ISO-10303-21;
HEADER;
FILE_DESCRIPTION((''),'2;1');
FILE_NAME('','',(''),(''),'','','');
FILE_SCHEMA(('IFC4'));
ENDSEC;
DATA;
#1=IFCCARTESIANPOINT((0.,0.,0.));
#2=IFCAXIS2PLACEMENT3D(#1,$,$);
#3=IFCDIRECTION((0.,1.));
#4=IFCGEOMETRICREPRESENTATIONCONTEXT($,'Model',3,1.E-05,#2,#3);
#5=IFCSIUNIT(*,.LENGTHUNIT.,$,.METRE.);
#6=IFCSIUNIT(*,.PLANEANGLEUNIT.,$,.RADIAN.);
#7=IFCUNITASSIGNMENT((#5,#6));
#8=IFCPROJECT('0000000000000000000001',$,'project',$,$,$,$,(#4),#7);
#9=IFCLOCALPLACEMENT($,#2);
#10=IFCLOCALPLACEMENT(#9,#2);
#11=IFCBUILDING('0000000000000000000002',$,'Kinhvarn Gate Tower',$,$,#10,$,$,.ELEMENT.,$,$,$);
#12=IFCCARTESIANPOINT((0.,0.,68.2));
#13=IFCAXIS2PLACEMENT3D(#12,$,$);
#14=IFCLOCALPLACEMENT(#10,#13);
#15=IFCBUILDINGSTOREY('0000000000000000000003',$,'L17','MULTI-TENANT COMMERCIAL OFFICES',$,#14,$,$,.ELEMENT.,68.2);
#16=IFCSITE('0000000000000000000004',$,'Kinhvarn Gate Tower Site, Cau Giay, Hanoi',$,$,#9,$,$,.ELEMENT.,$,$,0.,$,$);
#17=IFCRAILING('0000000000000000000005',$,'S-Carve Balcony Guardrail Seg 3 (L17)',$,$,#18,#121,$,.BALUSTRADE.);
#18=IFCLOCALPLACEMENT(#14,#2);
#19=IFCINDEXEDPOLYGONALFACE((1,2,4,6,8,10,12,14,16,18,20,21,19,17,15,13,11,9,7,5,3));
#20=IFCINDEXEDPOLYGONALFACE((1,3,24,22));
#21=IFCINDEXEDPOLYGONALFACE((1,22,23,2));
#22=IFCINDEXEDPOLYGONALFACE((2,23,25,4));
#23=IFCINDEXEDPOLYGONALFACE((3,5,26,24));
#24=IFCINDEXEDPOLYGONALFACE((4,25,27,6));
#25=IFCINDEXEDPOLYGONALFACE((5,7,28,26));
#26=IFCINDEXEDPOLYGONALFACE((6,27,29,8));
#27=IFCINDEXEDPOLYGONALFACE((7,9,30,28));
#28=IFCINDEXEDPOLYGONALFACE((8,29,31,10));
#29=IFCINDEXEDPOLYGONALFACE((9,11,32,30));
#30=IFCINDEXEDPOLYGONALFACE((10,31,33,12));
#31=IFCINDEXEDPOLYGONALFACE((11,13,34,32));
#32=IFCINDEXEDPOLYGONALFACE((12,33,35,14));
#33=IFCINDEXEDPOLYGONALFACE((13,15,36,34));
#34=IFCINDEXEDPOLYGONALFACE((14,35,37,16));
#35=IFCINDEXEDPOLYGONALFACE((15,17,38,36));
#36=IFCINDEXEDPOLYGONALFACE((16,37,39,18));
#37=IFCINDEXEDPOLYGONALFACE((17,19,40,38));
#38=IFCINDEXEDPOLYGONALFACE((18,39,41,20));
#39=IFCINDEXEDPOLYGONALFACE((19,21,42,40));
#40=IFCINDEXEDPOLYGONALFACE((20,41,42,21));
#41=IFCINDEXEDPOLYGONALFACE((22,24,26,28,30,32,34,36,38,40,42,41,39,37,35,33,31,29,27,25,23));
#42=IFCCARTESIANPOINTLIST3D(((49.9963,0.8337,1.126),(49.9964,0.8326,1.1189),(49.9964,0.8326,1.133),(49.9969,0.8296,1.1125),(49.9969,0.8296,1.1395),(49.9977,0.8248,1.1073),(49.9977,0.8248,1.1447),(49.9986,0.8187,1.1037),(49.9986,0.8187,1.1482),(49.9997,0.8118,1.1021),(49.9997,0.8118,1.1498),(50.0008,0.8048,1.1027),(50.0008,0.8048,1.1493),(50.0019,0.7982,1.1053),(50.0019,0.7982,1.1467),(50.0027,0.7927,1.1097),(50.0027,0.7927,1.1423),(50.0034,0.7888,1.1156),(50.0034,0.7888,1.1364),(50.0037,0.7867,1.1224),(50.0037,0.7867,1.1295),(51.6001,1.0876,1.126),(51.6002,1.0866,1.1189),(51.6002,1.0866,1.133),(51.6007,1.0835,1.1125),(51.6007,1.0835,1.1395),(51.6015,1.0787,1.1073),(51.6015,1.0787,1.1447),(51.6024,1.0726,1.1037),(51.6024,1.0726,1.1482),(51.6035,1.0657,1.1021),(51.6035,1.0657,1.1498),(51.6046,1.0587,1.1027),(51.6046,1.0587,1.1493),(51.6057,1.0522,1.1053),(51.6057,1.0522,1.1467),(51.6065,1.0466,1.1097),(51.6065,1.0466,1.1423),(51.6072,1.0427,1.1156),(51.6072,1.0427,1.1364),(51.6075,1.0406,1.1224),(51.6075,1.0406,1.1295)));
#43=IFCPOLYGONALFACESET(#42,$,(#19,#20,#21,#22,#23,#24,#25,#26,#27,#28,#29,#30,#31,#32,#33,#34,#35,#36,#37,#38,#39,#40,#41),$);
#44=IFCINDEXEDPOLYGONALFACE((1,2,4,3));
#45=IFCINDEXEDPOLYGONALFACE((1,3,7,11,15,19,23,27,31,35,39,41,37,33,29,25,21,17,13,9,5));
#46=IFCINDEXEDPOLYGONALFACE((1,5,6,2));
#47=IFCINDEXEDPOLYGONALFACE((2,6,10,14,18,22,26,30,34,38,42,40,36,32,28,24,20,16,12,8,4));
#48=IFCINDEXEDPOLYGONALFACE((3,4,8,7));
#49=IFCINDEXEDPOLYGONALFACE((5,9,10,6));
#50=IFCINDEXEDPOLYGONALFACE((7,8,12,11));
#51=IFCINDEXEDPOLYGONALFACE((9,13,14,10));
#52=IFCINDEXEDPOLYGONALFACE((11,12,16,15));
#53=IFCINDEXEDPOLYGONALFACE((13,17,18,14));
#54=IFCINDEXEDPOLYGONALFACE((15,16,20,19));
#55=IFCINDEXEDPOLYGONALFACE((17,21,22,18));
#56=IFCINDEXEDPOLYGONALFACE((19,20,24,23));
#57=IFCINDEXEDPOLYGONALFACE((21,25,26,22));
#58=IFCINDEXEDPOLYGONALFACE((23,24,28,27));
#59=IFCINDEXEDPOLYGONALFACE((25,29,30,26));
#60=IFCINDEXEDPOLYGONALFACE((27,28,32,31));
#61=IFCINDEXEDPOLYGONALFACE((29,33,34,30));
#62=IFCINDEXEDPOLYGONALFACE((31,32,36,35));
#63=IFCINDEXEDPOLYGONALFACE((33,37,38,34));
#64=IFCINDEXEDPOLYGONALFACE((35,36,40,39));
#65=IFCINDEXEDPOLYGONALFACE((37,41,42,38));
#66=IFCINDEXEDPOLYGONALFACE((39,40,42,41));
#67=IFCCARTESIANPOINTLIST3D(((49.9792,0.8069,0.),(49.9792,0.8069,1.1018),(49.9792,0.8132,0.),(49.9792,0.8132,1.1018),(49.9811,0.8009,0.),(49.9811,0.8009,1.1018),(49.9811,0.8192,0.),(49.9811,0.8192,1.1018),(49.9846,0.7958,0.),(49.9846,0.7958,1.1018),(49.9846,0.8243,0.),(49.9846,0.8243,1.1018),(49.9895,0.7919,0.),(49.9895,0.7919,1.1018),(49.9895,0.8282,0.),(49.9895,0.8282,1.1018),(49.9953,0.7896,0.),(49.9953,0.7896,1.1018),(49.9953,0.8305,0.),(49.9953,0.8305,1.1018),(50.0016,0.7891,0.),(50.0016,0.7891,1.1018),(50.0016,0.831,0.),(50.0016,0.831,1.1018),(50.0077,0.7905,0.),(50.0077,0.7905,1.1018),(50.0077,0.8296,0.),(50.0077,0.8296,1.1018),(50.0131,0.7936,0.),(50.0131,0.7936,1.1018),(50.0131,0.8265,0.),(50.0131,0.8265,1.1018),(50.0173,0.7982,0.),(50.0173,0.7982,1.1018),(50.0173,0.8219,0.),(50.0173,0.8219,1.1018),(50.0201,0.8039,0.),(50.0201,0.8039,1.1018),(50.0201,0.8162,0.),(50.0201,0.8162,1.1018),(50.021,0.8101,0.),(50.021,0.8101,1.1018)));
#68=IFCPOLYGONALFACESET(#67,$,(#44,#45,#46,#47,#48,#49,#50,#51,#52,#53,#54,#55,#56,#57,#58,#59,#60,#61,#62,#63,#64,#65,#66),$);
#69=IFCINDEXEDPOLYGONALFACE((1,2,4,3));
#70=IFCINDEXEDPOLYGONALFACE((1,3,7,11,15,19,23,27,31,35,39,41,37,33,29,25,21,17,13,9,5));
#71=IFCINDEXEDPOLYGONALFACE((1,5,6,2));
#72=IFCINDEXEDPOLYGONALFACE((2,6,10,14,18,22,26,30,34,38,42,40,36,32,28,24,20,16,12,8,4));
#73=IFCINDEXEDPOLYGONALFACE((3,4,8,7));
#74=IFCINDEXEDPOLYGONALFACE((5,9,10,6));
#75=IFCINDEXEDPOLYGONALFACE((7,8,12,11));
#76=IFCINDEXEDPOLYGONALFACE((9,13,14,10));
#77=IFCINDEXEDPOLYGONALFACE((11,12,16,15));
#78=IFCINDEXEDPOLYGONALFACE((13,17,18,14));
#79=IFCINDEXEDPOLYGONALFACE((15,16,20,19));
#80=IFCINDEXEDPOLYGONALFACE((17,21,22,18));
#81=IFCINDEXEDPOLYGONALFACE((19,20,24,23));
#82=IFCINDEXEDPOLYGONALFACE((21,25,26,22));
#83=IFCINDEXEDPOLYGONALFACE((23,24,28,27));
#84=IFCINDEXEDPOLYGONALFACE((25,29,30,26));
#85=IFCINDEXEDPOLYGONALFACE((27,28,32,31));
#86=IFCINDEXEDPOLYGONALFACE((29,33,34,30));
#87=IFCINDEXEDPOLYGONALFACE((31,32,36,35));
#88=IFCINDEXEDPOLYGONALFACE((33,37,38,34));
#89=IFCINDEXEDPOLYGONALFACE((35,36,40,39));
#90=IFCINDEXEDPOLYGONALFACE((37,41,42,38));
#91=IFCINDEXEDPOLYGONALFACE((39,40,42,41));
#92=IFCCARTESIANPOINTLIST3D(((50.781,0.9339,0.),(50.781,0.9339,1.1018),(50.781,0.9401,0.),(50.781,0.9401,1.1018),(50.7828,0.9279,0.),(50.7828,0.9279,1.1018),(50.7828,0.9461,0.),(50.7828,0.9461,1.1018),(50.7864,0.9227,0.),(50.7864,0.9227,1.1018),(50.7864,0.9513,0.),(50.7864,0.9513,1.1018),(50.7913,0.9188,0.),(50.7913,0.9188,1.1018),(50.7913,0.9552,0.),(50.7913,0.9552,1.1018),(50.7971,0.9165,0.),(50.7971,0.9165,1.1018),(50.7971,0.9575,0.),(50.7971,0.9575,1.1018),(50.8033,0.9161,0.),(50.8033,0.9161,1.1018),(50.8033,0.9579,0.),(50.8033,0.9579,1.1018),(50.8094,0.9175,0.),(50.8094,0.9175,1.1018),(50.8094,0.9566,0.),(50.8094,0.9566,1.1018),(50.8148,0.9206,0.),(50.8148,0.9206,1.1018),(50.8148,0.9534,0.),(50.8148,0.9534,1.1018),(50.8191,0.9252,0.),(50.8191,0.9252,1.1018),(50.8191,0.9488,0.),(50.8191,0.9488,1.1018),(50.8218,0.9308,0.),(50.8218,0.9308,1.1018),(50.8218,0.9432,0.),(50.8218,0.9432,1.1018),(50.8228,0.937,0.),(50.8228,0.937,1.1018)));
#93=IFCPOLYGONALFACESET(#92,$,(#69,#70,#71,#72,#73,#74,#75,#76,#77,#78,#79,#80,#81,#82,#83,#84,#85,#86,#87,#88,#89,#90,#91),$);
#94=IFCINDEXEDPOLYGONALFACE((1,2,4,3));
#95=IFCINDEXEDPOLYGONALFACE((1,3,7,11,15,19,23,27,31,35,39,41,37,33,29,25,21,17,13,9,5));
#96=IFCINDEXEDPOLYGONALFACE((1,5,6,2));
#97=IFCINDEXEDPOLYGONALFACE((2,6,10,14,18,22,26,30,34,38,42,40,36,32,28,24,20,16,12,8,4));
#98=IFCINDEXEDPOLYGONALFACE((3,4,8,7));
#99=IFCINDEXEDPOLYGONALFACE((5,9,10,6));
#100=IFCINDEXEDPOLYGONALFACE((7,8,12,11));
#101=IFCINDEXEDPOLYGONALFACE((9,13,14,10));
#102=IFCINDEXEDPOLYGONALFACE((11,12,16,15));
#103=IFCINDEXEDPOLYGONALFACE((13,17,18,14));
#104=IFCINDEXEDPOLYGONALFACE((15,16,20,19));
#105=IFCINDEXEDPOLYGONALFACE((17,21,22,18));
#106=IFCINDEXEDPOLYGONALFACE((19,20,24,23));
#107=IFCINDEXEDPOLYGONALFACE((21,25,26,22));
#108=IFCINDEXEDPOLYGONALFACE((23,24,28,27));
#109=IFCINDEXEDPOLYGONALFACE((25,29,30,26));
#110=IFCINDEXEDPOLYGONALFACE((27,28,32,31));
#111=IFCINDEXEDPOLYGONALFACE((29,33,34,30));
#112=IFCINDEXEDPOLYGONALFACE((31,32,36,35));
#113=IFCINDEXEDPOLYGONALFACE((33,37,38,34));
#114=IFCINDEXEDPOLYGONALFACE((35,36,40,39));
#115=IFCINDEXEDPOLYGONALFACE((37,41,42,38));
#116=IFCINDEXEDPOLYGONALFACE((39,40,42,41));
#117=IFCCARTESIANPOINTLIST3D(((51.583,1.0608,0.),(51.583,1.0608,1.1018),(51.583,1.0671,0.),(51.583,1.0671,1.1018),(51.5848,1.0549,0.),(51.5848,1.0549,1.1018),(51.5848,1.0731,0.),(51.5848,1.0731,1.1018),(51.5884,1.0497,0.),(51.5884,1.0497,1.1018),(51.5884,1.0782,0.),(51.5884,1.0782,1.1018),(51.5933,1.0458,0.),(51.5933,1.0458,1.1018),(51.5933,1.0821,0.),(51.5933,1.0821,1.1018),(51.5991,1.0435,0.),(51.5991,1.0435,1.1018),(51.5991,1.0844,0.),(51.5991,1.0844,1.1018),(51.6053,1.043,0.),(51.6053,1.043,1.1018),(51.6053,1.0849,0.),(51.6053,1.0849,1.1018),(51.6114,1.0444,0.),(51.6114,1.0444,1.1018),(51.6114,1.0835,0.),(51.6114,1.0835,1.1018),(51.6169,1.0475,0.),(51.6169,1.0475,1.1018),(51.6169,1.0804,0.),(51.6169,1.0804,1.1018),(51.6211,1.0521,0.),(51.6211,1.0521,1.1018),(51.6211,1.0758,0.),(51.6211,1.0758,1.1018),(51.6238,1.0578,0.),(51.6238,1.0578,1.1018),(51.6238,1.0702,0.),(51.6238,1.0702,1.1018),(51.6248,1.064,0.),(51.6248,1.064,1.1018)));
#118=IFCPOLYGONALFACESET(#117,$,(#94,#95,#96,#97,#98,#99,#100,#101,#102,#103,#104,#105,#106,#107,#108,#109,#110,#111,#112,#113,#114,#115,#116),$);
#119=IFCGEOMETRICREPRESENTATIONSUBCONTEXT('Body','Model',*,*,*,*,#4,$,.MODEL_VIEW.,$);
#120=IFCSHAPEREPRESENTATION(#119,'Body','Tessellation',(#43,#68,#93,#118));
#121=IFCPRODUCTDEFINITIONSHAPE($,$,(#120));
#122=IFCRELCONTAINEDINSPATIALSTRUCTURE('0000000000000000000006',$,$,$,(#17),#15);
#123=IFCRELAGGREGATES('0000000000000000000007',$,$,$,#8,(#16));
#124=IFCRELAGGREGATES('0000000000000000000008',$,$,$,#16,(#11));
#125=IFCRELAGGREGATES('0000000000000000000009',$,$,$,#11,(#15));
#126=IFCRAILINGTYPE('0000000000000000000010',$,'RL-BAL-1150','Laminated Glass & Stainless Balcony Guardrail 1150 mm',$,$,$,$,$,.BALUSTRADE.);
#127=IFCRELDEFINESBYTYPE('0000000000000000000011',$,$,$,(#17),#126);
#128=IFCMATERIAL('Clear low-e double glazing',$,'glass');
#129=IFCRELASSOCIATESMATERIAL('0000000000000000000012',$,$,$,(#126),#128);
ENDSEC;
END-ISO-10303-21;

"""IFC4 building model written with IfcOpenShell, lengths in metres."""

from ifc_helpers import new_model, si_unit, direction, frame, origin, origin_2d, place, context, subcontext, project, spatial, circle, extrude, material, type_object, element, save


model = new_model("IFC4")

# Units and contexts
model_context = context("Model", 3, precision=1e-05, world=origin(), true_north=direction((0.0, 1.0)))
body_context = subcontext(model_context, "Body", "Model", "MODEL_VIEW")
ifc_project = project(units=[si_unit("LENGTHUNIT", "METRE"), si_unit("PLANEANGLEUNIT", "RADIAN")], contexts=[model_context])

# Site, building, storey
site_placement = place(None, origin())
site = spatial("IfcSite", under=ifc_project, at=site_placement, Name="Kinhvarn Gate Tower Site, Cau Giay, Hanoi", CompositionType="ELEMENT", RefElevation=0.0)
building_placement = place(site_placement, origin())
building = spatial("IfcBuilding", under=site, at=building_placement, Name="Kinhvarn Gate Tower", CompositionType="ELEMENT")
storey_placement = place(building_placement, frame((0.0, 0.0, 68.2)))
storey = spatial("IfcBuildingStorey", under=building, at=storey_placement, Name="L17", Description="MULTI-TENANT COMMERCIAL OFFICES", CompositionType="ELEMENT", Elevation=68.2)

# Shared definitions
ifc_material_1 = material(Name="Clear low-e double glazing", Category="glass")

# Railing
railing_type = type_object("IfcRailingType", Name="RL-BAL-1150", Description="Laminated Glass & Stainless Balcony Guardrail 1150 mm", PredefinedType="BALUSTRADE", material=ifc_material_1)
railing_1_placement = place(storey_placement, frame((50.0, 0.8101, 0.0)))
element("IfcRailing", 1, at=railing_1_placement, inside=storey, type_object=railing_type, Name="S-Carve Balcony Guardrail Seg 3 (L17)", PredefinedType="BALUSTRADE", context=body_context, shape_type="SweptSolid", body=[
    extrude(circle(Radius=0.0239, at=origin_2d()), frame((0.0, 0.0, 1.126), z_axis=(0.987698, 0.156372, 0.0), x_axis=(-0.156372, 0.987698, 0.0)), (0.0, 0.0, 1.0), 1.6238),
    extrude(circle(Radius=0.021, at=origin_2d()), origin(), (0.0, 0.0, 1.0), 1.1018),
    extrude(circle(Radius=0.021, at=origin_2d()), frame((0.8018, 0.127, 0.0)), (0.0, 0.0, 1.0), 1.1018),
    extrude(circle(Radius=0.021, at=origin_2d()), frame((1.6038, 0.2539, 0.0)), (0.0, 0.0, 1.0), 1.1018),
])

save(model, "model.ifc")
